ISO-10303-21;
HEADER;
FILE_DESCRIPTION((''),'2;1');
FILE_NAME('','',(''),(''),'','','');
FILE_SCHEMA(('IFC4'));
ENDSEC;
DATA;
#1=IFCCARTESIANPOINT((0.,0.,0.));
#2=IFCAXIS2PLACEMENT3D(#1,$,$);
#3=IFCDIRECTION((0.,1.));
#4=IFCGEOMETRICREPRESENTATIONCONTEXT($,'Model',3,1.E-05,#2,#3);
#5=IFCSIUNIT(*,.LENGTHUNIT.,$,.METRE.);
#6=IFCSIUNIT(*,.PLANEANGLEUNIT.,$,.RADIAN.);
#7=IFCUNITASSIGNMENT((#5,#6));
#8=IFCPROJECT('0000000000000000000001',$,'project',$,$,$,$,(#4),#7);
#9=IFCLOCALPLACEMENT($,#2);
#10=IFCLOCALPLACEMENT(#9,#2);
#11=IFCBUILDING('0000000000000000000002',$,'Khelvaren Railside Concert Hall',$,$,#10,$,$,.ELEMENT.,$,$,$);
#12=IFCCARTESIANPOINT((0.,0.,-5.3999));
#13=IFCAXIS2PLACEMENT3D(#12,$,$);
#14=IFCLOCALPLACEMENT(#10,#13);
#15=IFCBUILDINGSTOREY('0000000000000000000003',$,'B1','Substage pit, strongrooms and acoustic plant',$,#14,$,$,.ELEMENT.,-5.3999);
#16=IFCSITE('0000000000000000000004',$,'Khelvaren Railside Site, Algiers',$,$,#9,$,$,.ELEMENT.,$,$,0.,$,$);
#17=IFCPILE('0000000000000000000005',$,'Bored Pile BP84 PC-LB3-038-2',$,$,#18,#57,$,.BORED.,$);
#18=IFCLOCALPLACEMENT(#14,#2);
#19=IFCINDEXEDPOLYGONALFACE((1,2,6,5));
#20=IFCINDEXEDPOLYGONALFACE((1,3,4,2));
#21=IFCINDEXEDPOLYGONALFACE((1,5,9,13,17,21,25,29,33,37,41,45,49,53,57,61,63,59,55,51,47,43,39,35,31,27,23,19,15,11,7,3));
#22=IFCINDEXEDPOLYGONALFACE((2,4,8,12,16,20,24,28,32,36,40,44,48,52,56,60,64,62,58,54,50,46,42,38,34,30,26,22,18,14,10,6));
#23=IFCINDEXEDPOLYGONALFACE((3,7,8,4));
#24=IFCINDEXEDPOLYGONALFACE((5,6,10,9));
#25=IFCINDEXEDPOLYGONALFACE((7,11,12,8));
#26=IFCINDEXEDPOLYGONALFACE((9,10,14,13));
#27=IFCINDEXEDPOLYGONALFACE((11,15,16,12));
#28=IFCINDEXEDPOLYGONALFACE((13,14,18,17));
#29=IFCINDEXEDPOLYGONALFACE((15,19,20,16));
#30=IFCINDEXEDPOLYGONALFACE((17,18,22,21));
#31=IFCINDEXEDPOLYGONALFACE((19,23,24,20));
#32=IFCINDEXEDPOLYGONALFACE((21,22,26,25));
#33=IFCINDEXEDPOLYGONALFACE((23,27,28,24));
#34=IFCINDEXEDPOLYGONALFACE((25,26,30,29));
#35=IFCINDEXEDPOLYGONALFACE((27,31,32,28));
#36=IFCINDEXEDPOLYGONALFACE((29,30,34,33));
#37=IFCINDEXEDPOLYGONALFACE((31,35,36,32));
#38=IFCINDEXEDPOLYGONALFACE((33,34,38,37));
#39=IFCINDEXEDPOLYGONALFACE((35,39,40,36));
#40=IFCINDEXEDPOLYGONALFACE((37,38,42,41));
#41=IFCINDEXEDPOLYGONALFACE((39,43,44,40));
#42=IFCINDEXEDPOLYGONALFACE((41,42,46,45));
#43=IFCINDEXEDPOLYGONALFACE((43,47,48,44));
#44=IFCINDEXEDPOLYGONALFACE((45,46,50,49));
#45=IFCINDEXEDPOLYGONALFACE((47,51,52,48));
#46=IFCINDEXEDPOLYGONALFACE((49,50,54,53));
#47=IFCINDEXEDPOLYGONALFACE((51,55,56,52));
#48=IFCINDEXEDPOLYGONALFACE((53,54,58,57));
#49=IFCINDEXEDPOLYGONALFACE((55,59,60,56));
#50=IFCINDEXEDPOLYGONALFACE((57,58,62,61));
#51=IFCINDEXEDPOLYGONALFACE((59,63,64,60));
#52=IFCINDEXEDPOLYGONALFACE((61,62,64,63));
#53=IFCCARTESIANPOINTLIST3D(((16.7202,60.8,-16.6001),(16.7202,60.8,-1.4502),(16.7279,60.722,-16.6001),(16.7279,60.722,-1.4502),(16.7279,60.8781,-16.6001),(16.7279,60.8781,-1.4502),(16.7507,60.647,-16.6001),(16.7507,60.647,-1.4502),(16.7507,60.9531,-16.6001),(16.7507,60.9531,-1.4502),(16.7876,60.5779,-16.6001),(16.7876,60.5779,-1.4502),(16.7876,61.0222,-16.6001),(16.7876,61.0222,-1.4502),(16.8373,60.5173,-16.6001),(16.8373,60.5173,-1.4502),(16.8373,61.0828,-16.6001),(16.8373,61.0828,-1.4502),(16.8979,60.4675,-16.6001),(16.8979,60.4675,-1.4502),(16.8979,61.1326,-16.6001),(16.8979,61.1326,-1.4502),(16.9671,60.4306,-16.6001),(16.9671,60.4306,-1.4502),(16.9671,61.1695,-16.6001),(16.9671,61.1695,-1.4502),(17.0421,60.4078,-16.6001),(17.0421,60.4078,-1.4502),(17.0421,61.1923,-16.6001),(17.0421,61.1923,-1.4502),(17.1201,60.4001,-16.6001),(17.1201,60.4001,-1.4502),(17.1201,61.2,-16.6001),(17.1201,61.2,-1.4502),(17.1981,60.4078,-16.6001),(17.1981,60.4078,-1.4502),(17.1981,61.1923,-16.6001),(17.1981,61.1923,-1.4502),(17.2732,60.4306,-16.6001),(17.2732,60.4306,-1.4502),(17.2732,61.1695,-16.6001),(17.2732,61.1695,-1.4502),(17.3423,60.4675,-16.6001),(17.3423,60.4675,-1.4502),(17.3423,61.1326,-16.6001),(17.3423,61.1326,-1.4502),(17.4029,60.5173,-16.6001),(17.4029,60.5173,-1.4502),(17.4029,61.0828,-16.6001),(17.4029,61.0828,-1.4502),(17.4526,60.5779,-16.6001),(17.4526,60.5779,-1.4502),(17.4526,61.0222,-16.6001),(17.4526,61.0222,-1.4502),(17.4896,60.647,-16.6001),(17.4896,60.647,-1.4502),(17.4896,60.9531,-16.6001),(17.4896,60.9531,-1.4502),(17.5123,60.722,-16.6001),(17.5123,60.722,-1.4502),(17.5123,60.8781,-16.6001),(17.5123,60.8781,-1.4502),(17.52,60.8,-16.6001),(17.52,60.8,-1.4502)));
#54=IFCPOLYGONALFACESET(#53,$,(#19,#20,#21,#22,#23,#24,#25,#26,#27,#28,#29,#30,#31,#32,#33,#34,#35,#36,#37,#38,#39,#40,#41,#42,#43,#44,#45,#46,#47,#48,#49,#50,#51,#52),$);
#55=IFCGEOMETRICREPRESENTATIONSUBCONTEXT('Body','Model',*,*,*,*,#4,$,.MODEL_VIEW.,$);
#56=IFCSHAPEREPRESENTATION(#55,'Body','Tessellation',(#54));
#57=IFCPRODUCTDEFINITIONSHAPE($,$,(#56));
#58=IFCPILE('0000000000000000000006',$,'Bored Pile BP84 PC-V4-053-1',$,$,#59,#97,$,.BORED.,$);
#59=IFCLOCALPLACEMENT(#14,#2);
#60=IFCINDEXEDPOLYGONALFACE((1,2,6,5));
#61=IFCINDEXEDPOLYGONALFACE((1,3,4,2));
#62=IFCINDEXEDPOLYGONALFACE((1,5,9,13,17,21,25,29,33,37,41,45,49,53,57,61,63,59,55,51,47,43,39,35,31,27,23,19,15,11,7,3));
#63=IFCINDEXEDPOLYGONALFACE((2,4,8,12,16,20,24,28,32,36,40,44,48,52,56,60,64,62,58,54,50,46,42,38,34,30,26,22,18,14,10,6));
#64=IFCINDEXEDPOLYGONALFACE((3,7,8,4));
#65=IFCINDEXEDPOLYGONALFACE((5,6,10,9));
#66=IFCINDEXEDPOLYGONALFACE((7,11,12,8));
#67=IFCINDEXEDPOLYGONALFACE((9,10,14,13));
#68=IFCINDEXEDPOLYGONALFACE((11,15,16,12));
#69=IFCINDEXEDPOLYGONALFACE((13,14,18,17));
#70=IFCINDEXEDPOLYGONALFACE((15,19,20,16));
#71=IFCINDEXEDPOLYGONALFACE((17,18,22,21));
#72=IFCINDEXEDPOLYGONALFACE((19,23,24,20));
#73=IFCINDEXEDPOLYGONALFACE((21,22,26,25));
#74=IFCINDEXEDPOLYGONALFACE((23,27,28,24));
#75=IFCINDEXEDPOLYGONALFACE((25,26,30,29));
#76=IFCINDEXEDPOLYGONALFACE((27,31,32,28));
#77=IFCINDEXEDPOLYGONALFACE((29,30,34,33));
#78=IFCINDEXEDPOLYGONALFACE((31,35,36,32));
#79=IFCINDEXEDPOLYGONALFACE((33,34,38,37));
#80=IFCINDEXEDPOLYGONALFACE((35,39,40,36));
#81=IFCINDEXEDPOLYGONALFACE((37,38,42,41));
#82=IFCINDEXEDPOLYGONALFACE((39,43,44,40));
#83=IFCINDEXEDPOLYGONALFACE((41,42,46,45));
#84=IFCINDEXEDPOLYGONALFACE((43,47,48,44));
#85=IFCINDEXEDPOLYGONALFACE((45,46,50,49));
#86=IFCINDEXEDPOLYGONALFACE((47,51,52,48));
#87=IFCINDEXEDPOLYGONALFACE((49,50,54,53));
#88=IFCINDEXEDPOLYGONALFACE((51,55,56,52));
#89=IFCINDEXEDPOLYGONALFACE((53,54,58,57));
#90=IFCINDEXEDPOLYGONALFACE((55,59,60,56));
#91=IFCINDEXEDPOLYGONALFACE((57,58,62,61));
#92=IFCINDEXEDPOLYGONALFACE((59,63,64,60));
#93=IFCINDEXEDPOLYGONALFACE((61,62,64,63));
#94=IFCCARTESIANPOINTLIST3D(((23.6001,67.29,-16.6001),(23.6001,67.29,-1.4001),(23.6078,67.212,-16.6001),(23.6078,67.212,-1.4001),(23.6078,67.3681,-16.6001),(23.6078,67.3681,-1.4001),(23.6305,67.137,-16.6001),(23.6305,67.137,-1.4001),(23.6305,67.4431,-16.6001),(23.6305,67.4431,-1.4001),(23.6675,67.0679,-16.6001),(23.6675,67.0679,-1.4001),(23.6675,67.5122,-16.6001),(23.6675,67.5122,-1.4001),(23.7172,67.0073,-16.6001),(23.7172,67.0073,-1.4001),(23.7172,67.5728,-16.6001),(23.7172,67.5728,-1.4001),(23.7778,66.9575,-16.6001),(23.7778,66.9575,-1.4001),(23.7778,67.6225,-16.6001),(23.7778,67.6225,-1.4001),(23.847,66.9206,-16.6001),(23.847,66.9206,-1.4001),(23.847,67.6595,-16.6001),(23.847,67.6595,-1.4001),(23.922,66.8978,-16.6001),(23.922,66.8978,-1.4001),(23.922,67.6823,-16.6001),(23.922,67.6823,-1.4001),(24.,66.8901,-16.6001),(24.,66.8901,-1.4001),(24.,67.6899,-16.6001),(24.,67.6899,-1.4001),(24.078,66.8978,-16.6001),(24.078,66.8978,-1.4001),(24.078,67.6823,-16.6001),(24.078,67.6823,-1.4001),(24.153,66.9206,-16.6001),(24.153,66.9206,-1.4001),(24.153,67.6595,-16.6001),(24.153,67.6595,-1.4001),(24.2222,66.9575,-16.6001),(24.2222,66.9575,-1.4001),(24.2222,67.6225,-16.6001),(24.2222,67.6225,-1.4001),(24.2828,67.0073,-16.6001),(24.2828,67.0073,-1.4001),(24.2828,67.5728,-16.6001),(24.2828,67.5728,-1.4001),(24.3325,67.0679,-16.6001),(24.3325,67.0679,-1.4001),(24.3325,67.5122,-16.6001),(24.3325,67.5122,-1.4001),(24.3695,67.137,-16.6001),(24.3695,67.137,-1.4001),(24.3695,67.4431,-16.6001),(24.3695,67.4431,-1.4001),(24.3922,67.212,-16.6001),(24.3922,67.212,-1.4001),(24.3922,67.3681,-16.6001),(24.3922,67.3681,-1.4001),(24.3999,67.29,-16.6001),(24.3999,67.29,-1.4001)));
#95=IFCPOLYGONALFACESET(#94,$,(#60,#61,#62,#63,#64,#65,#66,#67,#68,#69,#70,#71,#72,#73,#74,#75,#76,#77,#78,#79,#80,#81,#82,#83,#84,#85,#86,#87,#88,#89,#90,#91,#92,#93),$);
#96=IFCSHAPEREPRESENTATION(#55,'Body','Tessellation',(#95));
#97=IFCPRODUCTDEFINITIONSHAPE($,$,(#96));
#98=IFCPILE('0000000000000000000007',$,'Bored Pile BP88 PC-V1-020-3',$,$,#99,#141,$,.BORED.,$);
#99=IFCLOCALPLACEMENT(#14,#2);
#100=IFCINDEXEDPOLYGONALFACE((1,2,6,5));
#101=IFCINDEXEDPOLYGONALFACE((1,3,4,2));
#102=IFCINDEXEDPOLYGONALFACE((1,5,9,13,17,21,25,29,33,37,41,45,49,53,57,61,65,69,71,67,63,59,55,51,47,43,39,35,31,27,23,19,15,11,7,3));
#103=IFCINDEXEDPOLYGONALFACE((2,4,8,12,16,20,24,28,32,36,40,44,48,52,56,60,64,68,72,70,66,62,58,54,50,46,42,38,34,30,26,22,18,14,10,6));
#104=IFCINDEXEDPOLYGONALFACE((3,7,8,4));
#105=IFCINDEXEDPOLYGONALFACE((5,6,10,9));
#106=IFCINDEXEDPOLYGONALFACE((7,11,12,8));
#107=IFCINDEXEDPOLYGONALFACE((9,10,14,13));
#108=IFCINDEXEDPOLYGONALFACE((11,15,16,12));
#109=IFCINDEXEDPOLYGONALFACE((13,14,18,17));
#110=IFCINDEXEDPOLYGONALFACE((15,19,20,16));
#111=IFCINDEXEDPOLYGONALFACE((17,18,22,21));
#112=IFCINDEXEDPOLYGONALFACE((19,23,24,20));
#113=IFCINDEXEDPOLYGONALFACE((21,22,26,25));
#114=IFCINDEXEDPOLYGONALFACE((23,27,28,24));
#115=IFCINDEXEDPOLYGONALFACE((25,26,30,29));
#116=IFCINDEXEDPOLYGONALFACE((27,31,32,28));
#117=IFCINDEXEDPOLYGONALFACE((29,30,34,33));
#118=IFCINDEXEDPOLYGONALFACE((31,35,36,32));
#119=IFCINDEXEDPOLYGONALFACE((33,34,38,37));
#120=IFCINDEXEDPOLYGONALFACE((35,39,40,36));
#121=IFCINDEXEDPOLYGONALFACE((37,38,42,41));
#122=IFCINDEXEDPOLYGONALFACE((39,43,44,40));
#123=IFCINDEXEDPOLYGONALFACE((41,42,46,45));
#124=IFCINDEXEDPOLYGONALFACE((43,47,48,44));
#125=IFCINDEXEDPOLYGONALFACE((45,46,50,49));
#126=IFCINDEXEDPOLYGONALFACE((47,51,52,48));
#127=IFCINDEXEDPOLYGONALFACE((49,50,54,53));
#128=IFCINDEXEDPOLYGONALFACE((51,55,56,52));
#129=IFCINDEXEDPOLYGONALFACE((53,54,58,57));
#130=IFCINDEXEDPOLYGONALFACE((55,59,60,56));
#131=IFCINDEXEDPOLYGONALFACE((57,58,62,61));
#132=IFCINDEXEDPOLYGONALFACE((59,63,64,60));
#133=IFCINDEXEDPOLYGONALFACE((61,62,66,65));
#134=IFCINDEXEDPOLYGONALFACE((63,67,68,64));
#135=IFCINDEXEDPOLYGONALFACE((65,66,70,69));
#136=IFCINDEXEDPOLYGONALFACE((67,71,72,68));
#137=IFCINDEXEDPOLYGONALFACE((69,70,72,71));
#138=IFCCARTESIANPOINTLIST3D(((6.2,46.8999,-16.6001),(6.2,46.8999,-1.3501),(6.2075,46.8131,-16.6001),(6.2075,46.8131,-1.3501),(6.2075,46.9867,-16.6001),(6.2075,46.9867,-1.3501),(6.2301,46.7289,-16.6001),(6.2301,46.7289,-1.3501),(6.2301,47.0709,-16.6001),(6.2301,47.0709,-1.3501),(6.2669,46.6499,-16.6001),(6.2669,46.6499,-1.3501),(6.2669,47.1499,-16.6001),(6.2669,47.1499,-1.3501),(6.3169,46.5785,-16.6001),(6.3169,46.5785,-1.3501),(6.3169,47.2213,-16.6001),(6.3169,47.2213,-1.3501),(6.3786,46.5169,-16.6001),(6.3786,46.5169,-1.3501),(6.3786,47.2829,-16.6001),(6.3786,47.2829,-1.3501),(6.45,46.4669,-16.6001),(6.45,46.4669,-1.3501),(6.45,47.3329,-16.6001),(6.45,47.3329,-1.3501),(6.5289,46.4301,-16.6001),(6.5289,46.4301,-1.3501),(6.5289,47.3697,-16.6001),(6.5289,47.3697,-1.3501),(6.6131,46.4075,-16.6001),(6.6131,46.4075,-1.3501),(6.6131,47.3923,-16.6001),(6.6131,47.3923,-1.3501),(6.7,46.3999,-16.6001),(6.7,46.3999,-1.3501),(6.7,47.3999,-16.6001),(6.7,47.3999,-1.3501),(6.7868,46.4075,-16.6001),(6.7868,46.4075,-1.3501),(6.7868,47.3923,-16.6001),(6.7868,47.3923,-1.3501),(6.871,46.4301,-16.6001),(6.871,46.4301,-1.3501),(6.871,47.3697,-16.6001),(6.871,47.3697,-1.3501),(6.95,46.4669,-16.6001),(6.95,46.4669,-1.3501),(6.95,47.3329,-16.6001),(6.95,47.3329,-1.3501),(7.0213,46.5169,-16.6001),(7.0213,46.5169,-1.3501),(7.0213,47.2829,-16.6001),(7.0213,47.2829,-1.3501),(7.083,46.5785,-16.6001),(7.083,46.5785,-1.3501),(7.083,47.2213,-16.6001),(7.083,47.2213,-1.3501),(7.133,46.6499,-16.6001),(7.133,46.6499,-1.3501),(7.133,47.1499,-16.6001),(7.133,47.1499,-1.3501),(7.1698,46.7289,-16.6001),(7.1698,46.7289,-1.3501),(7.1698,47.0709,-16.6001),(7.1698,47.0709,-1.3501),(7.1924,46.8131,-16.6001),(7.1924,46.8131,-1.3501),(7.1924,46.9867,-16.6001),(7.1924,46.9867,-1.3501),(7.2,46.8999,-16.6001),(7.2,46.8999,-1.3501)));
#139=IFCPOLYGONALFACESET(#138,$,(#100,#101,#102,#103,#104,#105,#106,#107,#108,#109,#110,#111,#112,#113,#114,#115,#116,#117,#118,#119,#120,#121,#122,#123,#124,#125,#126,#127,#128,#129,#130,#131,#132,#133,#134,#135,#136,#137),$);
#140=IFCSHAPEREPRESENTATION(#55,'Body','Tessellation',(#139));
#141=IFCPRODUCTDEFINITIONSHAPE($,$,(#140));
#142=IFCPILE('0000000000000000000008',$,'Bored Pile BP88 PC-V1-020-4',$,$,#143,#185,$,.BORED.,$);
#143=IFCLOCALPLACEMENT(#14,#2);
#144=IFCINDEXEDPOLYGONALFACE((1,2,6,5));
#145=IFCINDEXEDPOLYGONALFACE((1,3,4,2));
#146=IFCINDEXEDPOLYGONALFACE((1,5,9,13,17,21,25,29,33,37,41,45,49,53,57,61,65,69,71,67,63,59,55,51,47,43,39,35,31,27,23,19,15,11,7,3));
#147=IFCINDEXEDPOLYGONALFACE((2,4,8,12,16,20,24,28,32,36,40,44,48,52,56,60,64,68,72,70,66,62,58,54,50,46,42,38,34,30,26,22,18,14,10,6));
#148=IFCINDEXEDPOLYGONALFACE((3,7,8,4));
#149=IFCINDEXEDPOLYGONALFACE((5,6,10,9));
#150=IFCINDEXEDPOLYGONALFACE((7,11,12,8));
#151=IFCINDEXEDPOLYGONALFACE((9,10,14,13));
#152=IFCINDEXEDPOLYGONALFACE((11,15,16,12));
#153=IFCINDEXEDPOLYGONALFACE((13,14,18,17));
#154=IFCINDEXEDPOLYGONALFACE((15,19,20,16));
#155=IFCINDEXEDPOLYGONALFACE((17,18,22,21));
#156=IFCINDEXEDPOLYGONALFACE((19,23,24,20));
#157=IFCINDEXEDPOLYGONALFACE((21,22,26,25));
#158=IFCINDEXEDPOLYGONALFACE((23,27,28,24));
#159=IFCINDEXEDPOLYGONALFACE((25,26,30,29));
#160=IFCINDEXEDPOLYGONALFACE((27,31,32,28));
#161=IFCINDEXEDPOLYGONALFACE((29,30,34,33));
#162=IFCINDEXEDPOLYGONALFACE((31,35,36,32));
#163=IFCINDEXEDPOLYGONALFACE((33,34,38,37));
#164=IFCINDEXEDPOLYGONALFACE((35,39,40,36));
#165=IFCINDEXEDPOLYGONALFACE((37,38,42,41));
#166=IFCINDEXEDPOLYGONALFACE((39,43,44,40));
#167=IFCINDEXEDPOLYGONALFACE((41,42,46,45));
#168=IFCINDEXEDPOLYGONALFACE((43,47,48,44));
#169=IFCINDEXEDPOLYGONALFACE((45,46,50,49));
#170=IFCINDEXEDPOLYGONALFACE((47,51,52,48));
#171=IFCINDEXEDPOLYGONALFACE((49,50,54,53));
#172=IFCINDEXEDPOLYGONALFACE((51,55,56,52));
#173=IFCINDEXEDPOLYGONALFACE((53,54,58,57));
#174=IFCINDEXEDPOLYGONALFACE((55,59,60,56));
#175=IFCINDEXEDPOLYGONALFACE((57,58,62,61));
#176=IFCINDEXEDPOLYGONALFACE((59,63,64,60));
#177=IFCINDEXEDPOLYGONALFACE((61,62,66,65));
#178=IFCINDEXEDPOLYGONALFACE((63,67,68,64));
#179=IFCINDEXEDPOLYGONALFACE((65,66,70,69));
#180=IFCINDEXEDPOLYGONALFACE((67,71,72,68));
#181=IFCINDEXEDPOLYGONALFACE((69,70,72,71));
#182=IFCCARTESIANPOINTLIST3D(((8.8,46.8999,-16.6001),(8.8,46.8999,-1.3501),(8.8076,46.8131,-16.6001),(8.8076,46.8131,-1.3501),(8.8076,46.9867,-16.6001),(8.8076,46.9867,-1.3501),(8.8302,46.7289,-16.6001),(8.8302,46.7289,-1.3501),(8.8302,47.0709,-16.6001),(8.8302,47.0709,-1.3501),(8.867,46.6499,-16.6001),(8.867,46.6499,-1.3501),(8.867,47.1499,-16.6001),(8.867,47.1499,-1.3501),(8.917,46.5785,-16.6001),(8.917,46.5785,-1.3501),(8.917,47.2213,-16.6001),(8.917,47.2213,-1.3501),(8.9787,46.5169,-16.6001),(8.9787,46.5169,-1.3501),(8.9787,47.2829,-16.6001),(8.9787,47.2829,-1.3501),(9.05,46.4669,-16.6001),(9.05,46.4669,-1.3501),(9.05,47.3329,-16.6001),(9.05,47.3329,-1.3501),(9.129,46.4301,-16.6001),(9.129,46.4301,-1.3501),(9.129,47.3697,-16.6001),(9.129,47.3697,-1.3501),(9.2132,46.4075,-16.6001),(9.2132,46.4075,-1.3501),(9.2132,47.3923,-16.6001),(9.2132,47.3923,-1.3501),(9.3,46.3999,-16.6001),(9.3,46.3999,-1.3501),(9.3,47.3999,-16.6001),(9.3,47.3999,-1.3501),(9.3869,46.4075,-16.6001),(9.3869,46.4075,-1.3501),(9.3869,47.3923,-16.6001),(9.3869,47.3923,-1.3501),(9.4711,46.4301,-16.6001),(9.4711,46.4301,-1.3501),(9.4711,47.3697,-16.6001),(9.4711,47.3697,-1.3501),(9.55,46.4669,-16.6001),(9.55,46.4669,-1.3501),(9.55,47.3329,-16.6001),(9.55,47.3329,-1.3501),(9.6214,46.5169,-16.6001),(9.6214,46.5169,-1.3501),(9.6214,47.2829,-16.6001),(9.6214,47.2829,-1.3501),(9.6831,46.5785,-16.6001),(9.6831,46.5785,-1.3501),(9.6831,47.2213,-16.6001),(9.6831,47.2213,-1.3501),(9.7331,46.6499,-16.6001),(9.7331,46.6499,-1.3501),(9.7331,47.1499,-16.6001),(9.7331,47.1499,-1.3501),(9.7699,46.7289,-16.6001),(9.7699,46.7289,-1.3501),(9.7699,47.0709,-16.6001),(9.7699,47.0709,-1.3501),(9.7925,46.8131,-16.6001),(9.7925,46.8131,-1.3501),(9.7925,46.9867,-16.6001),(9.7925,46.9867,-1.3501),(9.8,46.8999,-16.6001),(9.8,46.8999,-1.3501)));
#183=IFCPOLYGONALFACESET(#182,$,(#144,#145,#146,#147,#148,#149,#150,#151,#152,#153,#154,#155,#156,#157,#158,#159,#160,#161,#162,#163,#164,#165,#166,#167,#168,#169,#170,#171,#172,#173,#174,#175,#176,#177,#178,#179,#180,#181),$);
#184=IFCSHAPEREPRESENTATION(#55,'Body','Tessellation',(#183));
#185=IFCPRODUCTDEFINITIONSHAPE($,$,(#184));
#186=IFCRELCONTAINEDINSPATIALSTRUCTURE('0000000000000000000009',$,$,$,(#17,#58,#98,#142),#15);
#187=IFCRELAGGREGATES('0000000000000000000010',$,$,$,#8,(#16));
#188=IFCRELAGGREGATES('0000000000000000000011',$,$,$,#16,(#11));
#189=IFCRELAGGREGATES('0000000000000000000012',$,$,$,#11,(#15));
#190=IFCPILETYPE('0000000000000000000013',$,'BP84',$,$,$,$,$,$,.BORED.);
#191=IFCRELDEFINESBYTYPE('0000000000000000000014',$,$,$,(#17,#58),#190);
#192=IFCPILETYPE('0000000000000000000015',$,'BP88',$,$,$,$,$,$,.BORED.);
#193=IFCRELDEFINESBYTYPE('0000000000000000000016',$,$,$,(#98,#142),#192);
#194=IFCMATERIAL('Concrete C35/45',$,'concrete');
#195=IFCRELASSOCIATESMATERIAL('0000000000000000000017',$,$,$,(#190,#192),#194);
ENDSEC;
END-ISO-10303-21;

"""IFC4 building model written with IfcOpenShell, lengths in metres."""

from ifc_helpers import new_model, si_unit, direction, frame, origin, origin_2d, place, context, subcontext, project, spatial, circle, extrude, material, material_profile, profile_set, type_object, element, save


model = new_model("IFC4")

# Units and contexts
model_context = context("Model", 3, precision=1e-05, world=origin(), true_north=direction((0.0, 1.0)))
body_context = subcontext(model_context, "Body", "Model", "MODEL_VIEW")
ifc_project = project(units=[si_unit("LENGTHUNIT", "METRE"), si_unit("PLANEANGLEUNIT", "RADIAN")], contexts=[model_context])

# Site, building, storey
site_placement = place(None, origin())
site = spatial("IfcSite", under=ifc_project, at=site_placement, Name="Khelvaren Railside Site, Algiers", CompositionType="ELEMENT", RefElevation=0.0)
building_placement = place(site_placement, origin())
building = spatial("IfcBuilding", under=site, at=building_placement, Name="Khelvaren Railside Concert Hall", CompositionType="ELEMENT")
storey_placement = place(building_placement, frame((0.0, 0.0, -5.3999)))
storey = spatial("IfcBuildingStorey", under=building, at=storey_placement, Name="B1", Description="Substage pit, strongrooms and acoustic plant", CompositionType="ELEMENT", Elevation=-5.3999)

# Piles
ifc_material_1 = material(Name="Concrete C35/45", Category="concrete")
ifc_material_profile_1 = material_profile(ifc_material_1, circle(Radius=0.3999, at=origin_2d()), Name="BP D800")
ifc_profile_set_1 = profile_set([ifc_material_profile_1], Name="Concrete C35/45")
pile_type_1 = type_object("IfcPileType", Name="BP84", PredefinedType="BORED", material=ifc_profile_set_1)
for number, where, z_axis, x_axis, name in (
    (1, (17.1201, 60.8, -1.4502), (0.0, 0.0, -1.0), (1.0, 0.0, 0.0), "Bored Pile BP84 PC-LB3-038-2"),
):
    element("IfcPile", number, at=place(storey_placement, frame(where, z_axis=z_axis, x_axis=x_axis)), inside=storey, type_object=pile_type_1, Name=name, PredefinedType="BORED", context=body_context, shape_type="SweptSolid", body=[
        extrude(circle(Radius=0.3999, at=origin_2d()), origin(), (0.0, 0.0, 1.0), 15.1499),
    ])
pile_1_placement = place(storey_placement, frame((24.0, 67.29, -1.4001), z_axis=(0.0, 0.0, -1.0), x_axis=(1.0, 0.0, 0.0)))
element("IfcPile", 2, at=pile_1_placement, inside=storey, type_object=pile_type_1, Name="Bored Pile BP84 PC-V4-053-1", PredefinedType="BORED", context=body_context, shape_type="SweptSolid", body=[
    extrude(circle(Radius=0.3999, at=origin_2d()), origin(), (0.0, 0.0, 1.0), 15.2),
])
ifc_material_profile_2 = material_profile(ifc_material_1, circle(Radius=0.5, at=origin_2d()), Name="BP D1000")
ifc_profile_set_2 = profile_set([ifc_material_profile_2], Name="Concrete C35/45")
pile_type_2 = type_object("IfcPileType", Name="BP88", PredefinedType="BORED", material=ifc_profile_set_2)
for number, where, z_axis, x_axis, name in (
    (3, (6.7, 46.8999, -1.3501), (0.0, 0.0, -1.0), (1.0, 0.0, 0.0), "Bored Pile BP88 PC-V1-020-3"),
    (4, (9.3, 46.8999, -1.3501), (0.0, 0.0, -1.0), (1.0, 0.0, 0.0), "Bored Pile BP88 PC-V1-020-4"),
):
    element("IfcPile", number, at=place(storey_placement, frame(where, z_axis=z_axis, x_axis=x_axis)), inside=storey, type_object=pile_type_2, Name=name, PredefinedType="BORED", context=body_context, shape_type="SweptSolid", body=[
        extrude(circle(Radius=0.5, at=origin_2d()), origin(), (0.0, 0.0, 1.0), 15.25),
    ])

save(model, "model.ifc")
